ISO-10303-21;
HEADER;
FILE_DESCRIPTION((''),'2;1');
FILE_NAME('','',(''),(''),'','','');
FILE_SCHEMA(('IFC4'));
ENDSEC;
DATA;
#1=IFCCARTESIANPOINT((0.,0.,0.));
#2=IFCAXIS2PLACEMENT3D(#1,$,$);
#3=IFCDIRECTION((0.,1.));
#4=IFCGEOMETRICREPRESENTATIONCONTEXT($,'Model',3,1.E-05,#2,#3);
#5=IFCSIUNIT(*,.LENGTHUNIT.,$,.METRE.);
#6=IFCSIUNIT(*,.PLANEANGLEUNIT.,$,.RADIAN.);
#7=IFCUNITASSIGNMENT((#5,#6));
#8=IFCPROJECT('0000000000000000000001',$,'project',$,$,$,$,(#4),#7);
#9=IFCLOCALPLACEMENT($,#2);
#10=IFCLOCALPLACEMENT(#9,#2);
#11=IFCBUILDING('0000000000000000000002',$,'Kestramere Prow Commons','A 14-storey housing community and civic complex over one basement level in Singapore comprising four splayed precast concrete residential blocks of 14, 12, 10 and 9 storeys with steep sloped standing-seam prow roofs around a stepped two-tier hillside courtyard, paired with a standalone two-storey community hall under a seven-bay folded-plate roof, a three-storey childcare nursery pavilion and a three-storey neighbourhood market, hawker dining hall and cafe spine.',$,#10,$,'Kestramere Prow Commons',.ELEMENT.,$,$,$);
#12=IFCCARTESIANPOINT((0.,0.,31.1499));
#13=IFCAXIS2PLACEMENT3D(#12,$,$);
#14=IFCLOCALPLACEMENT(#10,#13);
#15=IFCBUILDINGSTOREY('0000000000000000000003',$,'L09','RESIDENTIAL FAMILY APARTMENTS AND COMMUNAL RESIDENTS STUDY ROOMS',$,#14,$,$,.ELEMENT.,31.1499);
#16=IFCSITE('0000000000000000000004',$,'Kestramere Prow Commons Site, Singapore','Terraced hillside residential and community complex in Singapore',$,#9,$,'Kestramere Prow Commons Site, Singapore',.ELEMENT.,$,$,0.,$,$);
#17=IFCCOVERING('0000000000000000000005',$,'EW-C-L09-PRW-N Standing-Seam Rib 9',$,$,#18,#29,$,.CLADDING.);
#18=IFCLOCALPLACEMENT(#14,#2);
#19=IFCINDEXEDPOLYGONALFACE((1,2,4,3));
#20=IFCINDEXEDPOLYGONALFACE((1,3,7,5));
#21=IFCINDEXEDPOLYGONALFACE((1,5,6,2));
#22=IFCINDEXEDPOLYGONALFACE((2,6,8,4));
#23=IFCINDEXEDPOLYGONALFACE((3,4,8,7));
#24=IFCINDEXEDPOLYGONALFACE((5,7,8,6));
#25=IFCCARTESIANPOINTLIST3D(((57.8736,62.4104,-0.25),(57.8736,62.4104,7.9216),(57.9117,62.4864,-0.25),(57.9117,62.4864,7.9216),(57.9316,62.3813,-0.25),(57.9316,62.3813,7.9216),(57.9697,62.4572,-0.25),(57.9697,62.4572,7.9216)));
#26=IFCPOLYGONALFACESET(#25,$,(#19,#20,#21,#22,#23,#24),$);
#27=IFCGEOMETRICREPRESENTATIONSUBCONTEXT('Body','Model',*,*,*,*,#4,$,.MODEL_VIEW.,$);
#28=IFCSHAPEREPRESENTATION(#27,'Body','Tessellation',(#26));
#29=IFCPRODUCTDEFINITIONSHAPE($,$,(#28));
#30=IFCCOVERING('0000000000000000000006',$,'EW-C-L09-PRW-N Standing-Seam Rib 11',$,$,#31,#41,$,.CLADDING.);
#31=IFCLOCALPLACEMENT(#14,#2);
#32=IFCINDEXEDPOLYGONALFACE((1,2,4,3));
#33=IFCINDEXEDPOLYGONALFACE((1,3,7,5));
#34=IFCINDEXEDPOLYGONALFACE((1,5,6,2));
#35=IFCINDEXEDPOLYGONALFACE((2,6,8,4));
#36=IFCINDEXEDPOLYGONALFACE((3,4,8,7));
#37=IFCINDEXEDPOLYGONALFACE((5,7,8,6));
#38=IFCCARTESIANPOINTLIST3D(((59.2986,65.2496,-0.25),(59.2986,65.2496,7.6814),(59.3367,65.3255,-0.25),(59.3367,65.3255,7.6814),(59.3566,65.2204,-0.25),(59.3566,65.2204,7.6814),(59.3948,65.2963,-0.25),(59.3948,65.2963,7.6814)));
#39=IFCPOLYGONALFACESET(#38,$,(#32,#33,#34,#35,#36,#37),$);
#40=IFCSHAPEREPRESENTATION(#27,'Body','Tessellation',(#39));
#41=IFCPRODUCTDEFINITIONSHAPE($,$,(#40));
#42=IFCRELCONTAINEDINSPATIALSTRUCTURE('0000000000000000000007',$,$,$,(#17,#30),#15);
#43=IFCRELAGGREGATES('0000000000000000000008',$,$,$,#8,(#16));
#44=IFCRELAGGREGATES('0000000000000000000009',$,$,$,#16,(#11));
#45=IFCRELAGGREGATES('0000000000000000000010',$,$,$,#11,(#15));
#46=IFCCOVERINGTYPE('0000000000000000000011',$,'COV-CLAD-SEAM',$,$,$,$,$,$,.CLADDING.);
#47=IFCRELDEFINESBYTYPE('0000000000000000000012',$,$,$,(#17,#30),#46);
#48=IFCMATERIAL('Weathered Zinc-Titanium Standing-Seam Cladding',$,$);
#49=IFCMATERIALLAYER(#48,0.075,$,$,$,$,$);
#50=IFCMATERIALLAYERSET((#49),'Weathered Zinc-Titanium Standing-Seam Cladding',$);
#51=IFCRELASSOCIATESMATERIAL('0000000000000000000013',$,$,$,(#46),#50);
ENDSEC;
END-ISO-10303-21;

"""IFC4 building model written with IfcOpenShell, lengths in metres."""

from ifc_helpers import new_model, si_unit, direction, frame, origin, origin_2d, place, context, subcontext, project, spatial, rectangle, extrude, material, layer, layer_set, type_object, element, save


model = new_model("IFC4")

# Units and contexts
model_context = context("Model", 3, precision=1e-05, world=origin(), true_north=direction((0.0, 1.0)))
body_context = subcontext(model_context, "Body", "Model", "MODEL_VIEW")
ifc_project = project(units=[si_unit("LENGTHUNIT", "METRE"), si_unit("PLANEANGLEUNIT", "RADIAN")], contexts=[model_context])

# Site, building, storey
site_placement = place(None, origin())
site = spatial("IfcSite", under=ifc_project, at=site_placement, Name="Kestramere Prow Commons Site, Singapore", Description="Terraced hillside residential and community complex in Singapore", LongName="Kestramere Prow Commons Site, Singapore", CompositionType="ELEMENT", RefElevation=0.0)
building_placement = place(site_placement, origin())
building = spatial("IfcBuilding", under=site, at=building_placement, Name="Kestramere Prow Commons", Description="A 14-storey housing community and civic complex over one basement level in Singapore comprising four splayed precast concrete residential blocks of 14, 12, 10 and 9 storeys with steep sloped standing-seam prow roofs around a stepped two-tier hillside courtyard, paired with a standalone two-storey community hall under a seven-bay folded-plate roof, a three-storey childcare nursery pavilion and a three-storey neighbourhood market, hawker dining hall and cafe spine.", LongName="Kestramere Prow Commons", CompositionType="ELEMENT")
storey_placement = place(building_placement, frame((0.0, 0.0, 31.1499)))
storey = spatial("IfcBuildingStorey", under=building, at=storey_placement, Name="L09", Description="RESIDENTIAL FAMILY APARTMENTS AND COMMUNAL RESIDENTS STUDY ROOMS", CompositionType="ELEMENT", Elevation=31.1499)

# Shared definitions
ifc_material_1 = material(Name="Weathered Zinc-Titanium Standing-Seam Cladding")

# Coverings
ifc_layer_1 = layer(ifc_material_1, 0.075)
ifc_layer_set_1 = layer_set([ifc_layer_1], Name="Weathered Zinc-Titanium Standing-Seam Cladding")
covering_type = type_object("IfcCoveringType", Name="COV-CLAD-SEAM", PredefinedType="CLADDING", material=ifc_layer_set_1)
covering_1_placement = place(storey_placement, frame((57.9216, 62.4338, -0.25), z_axis=(0.0, 0.0, 1.0), x_axis=(0.44862, 0.893722, 0.0)))
element("IfcCovering", 1, at=covering_1_placement, inside=storey, type_object=covering_type, Name="EW-C-L09-PRW-N Standing-Seam Rib 9", PredefinedType="CLADDING", context=body_context, shape_type="SweptSolid", body=[
    extrude(rectangle(XDim=0.085, YDim=0.0649, at=origin_2d()), origin(), (0.0, 0.0, 1.0), 8.1716),
])
covering_2_placement = place(storey_placement, frame((59.3467, 65.2729, -0.25), z_axis=(0.0, 0.0, 1.0), x_axis=(0.44862, 0.893722, 0.0)))
element("IfcCovering", 2, at=covering_2_placement, inside=storey, type_object=covering_type, Name="EW-C-L09-PRW-N Standing-Seam Rib 11", PredefinedType="CLADDING", context=body_context, shape_type="SweptSolid", body=[
    extrude(rectangle(XDim=0.085, YDim=0.0649, at=origin_2d()), origin(), (0.0, 0.0, 1.0), 7.9314),
])

save(model, "model.ifc")
